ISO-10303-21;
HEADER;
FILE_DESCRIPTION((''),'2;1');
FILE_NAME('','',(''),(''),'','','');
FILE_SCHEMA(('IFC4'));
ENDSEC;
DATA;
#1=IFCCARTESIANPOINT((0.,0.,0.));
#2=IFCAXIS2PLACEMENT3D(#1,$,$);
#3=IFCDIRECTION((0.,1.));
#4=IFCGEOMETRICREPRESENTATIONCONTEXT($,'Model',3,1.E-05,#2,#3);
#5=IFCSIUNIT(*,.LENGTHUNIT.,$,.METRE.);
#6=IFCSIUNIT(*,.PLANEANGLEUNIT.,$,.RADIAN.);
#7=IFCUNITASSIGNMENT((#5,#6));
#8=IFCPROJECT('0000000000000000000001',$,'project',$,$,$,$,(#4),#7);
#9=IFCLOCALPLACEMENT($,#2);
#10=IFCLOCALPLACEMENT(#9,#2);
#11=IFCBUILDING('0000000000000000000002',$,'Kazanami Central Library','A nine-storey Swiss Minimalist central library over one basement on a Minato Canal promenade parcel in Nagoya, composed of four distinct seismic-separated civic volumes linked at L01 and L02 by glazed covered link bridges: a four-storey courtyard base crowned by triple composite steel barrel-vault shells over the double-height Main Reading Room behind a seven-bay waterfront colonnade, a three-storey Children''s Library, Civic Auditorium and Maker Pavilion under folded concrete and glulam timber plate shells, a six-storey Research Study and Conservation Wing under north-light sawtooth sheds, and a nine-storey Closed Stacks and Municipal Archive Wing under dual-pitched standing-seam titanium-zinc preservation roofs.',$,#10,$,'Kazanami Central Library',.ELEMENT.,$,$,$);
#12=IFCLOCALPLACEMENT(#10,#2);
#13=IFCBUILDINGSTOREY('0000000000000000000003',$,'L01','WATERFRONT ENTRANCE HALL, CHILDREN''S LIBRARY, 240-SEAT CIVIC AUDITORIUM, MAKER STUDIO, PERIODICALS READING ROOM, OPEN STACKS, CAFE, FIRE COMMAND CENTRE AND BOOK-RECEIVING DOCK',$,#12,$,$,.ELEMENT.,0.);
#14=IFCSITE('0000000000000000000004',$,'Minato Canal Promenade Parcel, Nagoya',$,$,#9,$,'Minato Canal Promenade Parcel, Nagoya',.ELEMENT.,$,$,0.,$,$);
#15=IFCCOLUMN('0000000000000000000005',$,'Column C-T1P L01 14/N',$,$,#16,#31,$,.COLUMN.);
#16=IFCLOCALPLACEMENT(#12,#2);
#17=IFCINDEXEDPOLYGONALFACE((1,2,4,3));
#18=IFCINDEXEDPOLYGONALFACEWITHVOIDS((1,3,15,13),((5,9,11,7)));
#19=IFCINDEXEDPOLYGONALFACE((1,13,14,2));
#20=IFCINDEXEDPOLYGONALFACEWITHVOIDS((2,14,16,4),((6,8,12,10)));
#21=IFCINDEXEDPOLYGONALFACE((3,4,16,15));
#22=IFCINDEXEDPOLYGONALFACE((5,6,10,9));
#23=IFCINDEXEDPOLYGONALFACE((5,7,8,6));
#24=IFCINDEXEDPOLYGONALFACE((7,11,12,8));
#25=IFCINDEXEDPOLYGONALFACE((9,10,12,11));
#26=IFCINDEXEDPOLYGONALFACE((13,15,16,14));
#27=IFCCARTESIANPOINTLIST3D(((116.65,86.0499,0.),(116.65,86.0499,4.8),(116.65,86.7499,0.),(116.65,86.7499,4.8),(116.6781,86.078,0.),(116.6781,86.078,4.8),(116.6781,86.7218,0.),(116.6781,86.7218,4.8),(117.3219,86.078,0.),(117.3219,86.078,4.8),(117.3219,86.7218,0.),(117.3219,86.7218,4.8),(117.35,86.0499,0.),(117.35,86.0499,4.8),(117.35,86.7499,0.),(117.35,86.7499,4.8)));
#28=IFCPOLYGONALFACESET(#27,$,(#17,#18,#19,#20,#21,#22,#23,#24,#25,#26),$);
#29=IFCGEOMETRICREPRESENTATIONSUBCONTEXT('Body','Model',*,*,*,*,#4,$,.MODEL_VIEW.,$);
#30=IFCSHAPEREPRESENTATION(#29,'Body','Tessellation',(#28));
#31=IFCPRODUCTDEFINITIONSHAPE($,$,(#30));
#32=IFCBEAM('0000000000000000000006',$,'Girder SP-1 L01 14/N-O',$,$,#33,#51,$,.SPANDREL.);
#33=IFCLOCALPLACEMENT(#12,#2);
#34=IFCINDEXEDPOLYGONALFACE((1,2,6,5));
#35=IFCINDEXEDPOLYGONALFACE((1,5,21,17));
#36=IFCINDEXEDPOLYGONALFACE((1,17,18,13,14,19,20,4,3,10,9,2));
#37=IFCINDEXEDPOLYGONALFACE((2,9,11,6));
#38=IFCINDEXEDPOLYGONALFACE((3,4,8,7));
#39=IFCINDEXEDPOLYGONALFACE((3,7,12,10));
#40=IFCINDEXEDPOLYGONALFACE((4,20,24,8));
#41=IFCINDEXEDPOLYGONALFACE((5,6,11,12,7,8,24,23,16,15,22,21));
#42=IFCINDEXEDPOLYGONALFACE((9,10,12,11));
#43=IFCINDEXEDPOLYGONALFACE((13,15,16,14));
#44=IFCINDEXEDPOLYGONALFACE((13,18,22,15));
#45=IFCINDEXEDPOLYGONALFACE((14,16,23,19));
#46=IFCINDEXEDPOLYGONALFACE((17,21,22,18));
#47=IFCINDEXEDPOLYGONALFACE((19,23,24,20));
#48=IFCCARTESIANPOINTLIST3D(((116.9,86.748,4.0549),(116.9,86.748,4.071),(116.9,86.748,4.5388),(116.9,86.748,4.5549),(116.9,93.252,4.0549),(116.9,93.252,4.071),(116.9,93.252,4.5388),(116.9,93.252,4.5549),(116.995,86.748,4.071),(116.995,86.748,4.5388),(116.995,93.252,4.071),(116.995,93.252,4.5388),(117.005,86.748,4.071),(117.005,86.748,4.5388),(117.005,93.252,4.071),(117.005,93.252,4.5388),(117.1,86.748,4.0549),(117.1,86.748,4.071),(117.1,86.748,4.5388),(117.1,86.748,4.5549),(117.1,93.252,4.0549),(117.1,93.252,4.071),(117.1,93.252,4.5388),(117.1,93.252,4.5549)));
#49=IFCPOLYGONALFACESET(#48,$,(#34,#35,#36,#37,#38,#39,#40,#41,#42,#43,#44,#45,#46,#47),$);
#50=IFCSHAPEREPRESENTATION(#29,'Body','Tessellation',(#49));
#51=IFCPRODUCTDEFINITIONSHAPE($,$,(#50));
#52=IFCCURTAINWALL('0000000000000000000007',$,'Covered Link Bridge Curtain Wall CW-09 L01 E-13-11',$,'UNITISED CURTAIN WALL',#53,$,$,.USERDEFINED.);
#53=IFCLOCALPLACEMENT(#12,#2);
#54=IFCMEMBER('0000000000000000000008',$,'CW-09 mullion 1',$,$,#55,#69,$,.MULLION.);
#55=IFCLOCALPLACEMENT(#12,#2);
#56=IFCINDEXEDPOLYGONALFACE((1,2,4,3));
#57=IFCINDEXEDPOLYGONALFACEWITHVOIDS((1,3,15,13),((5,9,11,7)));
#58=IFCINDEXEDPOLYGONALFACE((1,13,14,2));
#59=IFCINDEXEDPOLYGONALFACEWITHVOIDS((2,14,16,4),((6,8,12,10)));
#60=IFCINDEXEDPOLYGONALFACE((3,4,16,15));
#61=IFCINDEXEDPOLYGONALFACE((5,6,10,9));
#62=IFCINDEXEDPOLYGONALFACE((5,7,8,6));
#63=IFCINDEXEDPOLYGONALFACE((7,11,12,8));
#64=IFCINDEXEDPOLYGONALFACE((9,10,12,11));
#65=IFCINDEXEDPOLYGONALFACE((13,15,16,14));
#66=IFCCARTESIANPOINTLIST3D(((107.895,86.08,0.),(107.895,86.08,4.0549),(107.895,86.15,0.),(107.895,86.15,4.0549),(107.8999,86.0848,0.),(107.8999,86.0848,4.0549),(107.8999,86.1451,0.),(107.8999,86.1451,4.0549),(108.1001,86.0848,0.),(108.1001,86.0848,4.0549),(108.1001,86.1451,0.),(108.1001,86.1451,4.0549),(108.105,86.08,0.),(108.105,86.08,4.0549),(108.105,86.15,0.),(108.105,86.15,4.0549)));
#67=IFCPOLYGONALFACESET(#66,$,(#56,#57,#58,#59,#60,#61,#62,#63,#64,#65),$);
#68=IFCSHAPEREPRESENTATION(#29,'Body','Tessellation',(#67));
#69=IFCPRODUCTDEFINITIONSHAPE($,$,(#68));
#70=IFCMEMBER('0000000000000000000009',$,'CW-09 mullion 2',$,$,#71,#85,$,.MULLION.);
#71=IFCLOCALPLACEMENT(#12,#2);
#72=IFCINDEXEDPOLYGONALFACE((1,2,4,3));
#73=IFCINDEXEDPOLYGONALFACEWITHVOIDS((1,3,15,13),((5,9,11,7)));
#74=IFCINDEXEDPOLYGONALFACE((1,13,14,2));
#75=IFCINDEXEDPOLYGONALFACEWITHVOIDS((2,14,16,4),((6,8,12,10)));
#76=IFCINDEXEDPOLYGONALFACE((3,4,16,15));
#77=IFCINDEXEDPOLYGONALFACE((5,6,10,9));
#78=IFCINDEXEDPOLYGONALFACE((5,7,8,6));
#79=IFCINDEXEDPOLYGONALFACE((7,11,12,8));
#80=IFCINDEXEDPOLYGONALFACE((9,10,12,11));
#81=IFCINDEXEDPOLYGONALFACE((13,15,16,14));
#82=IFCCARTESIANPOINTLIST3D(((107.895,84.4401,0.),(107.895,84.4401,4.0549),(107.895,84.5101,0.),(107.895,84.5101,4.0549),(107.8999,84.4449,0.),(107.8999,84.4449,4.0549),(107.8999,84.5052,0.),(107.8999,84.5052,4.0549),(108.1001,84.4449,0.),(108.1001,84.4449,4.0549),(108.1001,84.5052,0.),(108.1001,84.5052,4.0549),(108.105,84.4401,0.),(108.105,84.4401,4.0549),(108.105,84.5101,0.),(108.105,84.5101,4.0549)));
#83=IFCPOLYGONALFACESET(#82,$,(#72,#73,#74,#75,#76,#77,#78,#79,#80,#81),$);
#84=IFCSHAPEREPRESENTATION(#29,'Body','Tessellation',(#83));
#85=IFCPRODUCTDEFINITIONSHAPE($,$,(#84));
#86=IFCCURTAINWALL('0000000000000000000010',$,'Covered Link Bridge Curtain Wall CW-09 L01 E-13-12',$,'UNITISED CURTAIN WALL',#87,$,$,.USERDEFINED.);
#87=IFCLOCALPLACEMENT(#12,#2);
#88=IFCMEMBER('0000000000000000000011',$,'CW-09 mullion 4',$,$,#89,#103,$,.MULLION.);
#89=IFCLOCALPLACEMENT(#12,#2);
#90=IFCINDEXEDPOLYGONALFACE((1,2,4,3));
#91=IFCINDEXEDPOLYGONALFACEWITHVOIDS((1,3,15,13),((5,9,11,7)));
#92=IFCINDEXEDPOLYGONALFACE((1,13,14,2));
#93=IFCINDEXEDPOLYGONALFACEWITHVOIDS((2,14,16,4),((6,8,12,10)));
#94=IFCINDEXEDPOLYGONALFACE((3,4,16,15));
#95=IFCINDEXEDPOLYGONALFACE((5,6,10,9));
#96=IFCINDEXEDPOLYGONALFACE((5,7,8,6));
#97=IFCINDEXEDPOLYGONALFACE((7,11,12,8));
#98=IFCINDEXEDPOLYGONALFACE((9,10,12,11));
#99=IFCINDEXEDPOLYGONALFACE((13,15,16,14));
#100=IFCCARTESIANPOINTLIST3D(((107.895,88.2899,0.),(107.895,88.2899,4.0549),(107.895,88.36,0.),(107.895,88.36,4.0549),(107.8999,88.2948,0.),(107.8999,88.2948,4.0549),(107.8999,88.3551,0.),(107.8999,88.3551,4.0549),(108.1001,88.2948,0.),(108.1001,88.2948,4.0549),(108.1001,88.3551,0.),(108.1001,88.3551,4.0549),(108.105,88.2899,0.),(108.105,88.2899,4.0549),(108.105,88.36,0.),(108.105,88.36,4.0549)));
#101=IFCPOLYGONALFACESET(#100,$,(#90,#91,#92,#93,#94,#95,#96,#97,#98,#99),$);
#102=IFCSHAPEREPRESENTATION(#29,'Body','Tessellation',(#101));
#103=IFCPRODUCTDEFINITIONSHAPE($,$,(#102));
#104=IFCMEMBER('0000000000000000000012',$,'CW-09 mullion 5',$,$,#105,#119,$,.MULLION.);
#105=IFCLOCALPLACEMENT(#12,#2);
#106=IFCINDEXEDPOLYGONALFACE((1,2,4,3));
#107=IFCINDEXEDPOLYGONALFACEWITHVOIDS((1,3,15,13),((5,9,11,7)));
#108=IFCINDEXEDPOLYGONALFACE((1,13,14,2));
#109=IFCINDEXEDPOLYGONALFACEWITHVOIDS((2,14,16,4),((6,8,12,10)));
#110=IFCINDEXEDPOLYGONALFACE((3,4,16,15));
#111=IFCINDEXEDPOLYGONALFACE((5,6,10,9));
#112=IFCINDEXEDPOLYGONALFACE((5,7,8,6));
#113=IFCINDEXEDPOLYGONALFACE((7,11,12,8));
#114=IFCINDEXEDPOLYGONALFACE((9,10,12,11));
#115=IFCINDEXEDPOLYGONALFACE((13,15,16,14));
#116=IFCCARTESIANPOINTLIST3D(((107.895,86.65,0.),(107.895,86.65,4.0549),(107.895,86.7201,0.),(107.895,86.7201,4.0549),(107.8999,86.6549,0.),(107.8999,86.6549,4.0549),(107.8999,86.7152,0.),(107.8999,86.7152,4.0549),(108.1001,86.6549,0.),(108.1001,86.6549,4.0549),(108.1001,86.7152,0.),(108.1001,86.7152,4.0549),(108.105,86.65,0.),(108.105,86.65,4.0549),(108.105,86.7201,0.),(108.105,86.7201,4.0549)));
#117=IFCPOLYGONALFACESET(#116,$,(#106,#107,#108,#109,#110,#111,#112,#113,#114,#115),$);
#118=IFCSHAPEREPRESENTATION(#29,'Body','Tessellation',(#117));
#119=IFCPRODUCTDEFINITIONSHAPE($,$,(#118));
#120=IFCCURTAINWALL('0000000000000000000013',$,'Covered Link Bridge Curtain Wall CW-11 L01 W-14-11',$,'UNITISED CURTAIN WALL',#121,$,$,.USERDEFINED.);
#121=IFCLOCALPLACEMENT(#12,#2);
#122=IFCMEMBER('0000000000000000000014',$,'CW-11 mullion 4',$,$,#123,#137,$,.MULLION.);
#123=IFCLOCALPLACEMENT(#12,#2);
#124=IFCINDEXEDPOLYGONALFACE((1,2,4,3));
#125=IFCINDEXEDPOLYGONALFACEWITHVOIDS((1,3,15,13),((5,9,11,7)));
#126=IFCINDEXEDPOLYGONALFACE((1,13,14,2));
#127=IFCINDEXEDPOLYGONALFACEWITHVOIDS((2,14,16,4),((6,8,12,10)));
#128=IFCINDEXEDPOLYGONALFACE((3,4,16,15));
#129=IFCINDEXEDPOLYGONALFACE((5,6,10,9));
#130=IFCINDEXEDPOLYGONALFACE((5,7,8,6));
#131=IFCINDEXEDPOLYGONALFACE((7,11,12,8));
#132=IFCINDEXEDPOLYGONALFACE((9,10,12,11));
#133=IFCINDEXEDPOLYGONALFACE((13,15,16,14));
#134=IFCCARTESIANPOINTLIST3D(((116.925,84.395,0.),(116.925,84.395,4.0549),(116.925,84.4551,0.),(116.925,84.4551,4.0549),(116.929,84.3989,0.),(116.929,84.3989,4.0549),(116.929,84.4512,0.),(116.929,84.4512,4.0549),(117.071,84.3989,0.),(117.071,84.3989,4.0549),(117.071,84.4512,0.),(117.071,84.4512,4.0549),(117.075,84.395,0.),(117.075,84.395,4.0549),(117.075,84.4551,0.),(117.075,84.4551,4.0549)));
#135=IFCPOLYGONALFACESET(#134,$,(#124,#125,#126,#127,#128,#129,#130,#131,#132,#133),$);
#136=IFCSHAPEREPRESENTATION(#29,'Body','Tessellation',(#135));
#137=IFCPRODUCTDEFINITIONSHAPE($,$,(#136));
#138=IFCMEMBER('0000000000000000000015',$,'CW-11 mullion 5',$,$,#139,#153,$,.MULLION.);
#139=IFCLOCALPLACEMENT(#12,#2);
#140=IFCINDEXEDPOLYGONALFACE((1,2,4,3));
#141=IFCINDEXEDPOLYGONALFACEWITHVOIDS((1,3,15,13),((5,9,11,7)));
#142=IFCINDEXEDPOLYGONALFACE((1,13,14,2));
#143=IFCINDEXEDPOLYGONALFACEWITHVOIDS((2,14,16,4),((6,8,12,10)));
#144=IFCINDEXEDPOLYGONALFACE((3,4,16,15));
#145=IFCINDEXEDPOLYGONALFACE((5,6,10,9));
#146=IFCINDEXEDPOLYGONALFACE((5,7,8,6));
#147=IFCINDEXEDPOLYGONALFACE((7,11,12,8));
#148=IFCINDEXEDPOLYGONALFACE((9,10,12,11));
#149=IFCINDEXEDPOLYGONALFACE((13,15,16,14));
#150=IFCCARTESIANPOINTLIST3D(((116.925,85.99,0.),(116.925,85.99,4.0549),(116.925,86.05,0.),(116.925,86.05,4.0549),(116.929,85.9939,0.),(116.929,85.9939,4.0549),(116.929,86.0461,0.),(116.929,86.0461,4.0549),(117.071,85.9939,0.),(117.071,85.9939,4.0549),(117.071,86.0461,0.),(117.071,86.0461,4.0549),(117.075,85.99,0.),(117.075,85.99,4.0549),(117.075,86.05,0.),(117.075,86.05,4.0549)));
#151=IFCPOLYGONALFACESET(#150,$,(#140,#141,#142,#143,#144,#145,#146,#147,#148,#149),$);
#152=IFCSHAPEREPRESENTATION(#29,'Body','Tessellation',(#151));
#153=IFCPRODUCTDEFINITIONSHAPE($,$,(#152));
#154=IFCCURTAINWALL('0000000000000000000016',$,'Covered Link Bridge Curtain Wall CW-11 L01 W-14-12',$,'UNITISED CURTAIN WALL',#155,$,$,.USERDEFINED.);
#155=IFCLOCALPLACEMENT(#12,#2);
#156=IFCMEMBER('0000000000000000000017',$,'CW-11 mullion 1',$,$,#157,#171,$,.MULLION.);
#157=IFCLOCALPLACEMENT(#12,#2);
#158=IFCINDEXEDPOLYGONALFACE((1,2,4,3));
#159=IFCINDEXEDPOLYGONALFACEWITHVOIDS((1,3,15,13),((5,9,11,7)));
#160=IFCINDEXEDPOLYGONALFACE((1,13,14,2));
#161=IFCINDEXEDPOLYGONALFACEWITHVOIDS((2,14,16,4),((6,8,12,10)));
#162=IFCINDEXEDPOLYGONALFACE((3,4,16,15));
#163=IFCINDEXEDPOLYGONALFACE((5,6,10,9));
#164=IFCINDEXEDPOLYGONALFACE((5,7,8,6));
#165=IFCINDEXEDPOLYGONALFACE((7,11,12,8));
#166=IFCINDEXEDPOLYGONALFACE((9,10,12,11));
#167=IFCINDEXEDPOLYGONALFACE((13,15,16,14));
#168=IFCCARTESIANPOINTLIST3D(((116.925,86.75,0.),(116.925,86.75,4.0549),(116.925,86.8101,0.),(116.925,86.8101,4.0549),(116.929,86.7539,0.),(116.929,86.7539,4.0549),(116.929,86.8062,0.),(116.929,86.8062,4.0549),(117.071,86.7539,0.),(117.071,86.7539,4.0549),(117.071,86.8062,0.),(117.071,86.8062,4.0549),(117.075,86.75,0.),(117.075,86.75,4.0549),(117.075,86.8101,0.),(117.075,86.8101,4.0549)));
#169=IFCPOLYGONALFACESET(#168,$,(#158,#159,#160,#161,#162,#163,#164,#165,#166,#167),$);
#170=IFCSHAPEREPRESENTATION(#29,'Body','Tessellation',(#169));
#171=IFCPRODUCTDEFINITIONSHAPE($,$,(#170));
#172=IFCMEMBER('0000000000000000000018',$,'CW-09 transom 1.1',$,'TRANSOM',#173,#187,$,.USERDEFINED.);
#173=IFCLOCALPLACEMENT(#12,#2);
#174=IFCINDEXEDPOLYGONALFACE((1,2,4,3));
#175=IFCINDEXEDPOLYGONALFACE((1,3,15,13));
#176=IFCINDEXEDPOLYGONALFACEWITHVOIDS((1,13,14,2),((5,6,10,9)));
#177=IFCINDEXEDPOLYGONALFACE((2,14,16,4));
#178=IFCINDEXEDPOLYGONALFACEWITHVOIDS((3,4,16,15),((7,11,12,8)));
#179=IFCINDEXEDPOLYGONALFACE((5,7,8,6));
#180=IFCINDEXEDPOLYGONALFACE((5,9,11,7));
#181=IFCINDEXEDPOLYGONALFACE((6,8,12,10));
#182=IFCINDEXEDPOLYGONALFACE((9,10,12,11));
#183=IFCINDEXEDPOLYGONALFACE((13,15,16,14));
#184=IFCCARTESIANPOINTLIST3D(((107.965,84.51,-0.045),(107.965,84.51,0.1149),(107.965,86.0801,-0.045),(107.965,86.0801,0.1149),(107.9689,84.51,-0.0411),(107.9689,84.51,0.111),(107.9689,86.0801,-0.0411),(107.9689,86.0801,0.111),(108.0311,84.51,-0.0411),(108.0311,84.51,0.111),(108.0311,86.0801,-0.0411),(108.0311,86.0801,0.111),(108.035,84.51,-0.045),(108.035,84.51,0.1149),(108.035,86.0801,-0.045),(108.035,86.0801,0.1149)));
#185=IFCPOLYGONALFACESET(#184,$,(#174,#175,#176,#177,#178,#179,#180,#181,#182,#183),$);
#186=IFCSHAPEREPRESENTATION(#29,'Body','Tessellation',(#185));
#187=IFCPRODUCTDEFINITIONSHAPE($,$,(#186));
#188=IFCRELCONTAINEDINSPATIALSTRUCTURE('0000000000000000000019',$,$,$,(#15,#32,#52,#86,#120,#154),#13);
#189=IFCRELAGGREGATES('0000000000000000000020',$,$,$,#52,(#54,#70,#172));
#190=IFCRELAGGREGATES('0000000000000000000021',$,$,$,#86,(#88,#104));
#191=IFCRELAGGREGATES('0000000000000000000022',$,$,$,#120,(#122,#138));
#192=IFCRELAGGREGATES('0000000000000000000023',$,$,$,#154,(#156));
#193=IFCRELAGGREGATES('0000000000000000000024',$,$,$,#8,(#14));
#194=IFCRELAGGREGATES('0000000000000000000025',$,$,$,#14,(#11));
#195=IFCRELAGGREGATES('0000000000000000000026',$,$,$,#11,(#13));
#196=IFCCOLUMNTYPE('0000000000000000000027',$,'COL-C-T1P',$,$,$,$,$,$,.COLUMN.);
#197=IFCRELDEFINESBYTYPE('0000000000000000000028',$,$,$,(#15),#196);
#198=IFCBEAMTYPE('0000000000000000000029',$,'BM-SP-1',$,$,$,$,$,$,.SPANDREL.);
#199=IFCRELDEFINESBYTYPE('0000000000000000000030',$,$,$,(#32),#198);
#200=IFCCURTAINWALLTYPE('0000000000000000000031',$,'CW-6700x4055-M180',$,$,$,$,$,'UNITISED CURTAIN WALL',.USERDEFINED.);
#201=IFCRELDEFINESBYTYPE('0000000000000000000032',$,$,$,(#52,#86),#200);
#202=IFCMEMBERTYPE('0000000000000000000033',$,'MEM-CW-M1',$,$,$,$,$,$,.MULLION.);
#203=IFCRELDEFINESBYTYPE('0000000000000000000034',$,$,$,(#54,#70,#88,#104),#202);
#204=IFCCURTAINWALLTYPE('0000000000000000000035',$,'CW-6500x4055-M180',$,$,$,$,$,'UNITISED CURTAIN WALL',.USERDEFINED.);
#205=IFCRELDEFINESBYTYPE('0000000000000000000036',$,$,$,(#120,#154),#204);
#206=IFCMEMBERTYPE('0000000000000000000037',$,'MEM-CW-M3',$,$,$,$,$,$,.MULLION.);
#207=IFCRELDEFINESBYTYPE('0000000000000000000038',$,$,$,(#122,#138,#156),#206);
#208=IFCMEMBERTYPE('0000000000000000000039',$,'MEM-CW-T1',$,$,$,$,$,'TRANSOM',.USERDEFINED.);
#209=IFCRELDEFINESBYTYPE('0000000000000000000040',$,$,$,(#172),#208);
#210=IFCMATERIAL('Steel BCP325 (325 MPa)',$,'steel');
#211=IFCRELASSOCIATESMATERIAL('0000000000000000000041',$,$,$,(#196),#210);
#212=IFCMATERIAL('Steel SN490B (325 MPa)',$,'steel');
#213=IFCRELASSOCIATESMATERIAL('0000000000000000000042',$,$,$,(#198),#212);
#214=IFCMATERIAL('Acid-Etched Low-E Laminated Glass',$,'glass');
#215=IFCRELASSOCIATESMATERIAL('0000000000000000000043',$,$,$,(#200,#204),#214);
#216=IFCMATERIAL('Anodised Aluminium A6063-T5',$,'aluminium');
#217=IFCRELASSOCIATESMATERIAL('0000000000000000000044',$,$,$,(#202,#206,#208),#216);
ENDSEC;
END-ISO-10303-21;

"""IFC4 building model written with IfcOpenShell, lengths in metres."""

from ifc_helpers import new_model, si_unit, direction, frame, origin, origin_2d, place, context, subcontext, project, spatial, hollow_rectangle, i_section, extrude, material, material_profile, profile_set, type_object, element, aggregate, save


model = new_model("IFC4")

# Units and contexts
model_context = context("Model", 3, precision=1e-05, world=origin(), true_north=direction((0.0, 1.0)))
body_context = subcontext(model_context, "Body", "Model", "MODEL_VIEW")
ifc_project = project(units=[si_unit("LENGTHUNIT", "METRE"), si_unit("PLANEANGLEUNIT", "RADIAN")], contexts=[model_context])

# Site, building, storey
site_placement = place(None, origin())
site = spatial("IfcSite", under=ifc_project, at=site_placement, Name="Minato Canal Promenade Parcel, Nagoya", LongName="Minato Canal Promenade Parcel, Nagoya", CompositionType="ELEMENT", RefElevation=0.0)
building_placement = place(site_placement, origin())
building = spatial("IfcBuilding", under=site, at=building_placement, Name="Kazanami Central Library", Description="A nine-storey Swiss Minimalist central library over one basement on a Minato Canal promenade parcel in Nagoya, composed of four distinct seismic-separated civic volumes linked at L01 and L02 by glazed covered link bridges: a four-storey courtyard base crowned by triple composite steel barrel-vault shells over the double-height Main Reading Room behind a seven-bay waterfront colonnade, a three-storey Children's Library, Civic Auditorium and Maker Pavilion under folded concrete and glulam timber plate shells, a six-storey Research Study and Conservation Wing under north-light sawtooth sheds, and a nine-storey Closed Stacks and Municipal Archive Wing under dual-pitched standing-seam titanium-zinc preservation roofs.", LongName="Kazanami Central Library", CompositionType="ELEMENT")
storey_placement = place(building_placement, origin())
storey = spatial("IfcBuildingStorey", under=building, at=storey_placement, Name="L01", Description="WATERFRONT ENTRANCE HALL, CHILDREN'S LIBRARY, 240-SEAT CIVIC AUDITORIUM, MAKER STUDIO, PERIODICALS READING ROOM, OPEN STACKS, CAFE, FIRE COMMAND CENTRE AND BOOK-RECEIVING DOCK", CompositionType="ELEMENT", Elevation=0.0)

# Column
ifc_material_1 = material(Name="Steel BCP325 (325 MPa)", Category="steel")
ifc_material_profile_1 = material_profile(ifc_material_1, hollow_rectangle(XDim=0.7, YDim=0.7, WallThickness=0.0281, at=origin_2d()), Name="BCP-700x700x28")
ifc_profile_set_1 = profile_set([ifc_material_profile_1], Name="Steel BCP325 (325 MPa)")
column_type = type_object("IfcColumnType", Name="COL-C-T1P", PredefinedType="COLUMN", material=ifc_profile_set_1)
column_placement = place(storey_placement, frame((117.0, 86.3999, 0.0), z_axis=(0.0, 0.0, 1.0), x_axis=(1.0, 0.0, 0.0)))
element("IfcColumn", 1, at=column_placement, inside=storey, type_object=column_type, Name="Column C-T1P L01 14/N", PredefinedType="COLUMN", context=body_context, shape_type="SweptSolid", body=[
    extrude(hollow_rectangle(XDim=0.7, YDim=0.7, WallThickness=0.0281, at=origin_2d()), origin(), (0.0, 0.0, 1.0), 4.8),
])

# Beam
ifc_material_2 = material(Name="Steel SN490B (325 MPa)", Category="steel")
ifc_material_profile_2 = material_profile(ifc_material_2, i_section(OverallWidth=0.2, OverallDepth=0.5, WebThickness=0.01, FlangeThickness=0.0161, at=origin_2d()), Name="H-500x200x10x16")
ifc_profile_set_2 = profile_set([ifc_material_profile_2], Name="Steel SN490B (325 MPa)")
beam_type = type_object("IfcBeamType", Name="BM-SP-1", PredefinedType="SPANDREL", material=ifc_profile_set_2)
beam_placement = place(storey_placement, frame((117.0, 86.748, 4.3049), z_axis=(0.0, 1.0, 0.0), x_axis=(-1.0, 0.0, 0.0)))
element("IfcBeam", 2, at=beam_placement, inside=storey, type_object=beam_type, Name="Girder SP-1 L01 14/N-O", PredefinedType="SPANDREL", context=body_context, shape_type="SweptSolid", body=[
    extrude(i_section(OverallWidth=0.2, OverallDepth=0.5, WebThickness=0.01, FlangeThickness=0.0161, at=origin_2d()), origin(), (0.0, 0.0, 1.0), 6.5039),
])

# Curtain walls, members
ifc_material_3 = material(Name="Acid-Etched Low-E Laminated Glass", Category="glass")
curtain_wall_type_1 = type_object("IfcCurtainWallType", Name="CW-6700x4055-M180", ElementType="UNITISED CURTAIN WALL", PredefinedType="USERDEFINED", material=ifc_material_3)
curtain_wall_1_placement = place(storey_placement, origin())
curtain_wall_1 = element("IfcCurtainWall", 3, at=curtain_wall_1_placement, inside=storey, type_object=curtain_wall_type_1, Name="Covered Link Bridge Curtain Wall CW-09 L01 E-13-11", ObjectType="UNITISED CURTAIN WALL", PredefinedType="USERDEFINED")
ifc_material_4 = material(Name="Anodised Aluminium A6063-T5", Category="aluminium")
ifc_material_profile_3 = material_profile(ifc_material_4, hollow_rectangle(XDim=0.0701, YDim=0.21, WallThickness=0.0049, at=origin_2d()), Name="ALU-MULL-70x210x5")
ifc_profile_set_3 = profile_set([ifc_material_profile_3], Name="Anodised Aluminium A6063-T5")
member_type_1 = type_object("IfcMemberType", Name="MEM-CW-M1", PredefinedType="MULLION", material=ifc_profile_set_3)
member_1_placement = place(storey_placement, frame((108.0, 86.115, 0.0), z_axis=(0.0, 0.0, 1.0), x_axis=(0.0, -1.0, 0.0)))
member_1 = element("IfcMember", 4, at=member_1_placement, type_object=member_type_1, Name="CW-09 mullion 1", PredefinedType="MULLION", context=body_context, shape_type="SweptSolid", body=[
    extrude(hollow_rectangle(XDim=0.0701, YDim=0.21, WallThickness=0.0049, at=origin_2d()), origin(), (0.0, 0.0, 1.0), 4.0549),
])
member_2_placement = place(storey_placement, frame((108.0, 84.4751, 0.0), z_axis=(0.0, 0.0, 1.0), x_axis=(0.0, -1.0, 0.0)))
member_2 = element("IfcMember", 5, at=member_2_placement, type_object=member_type_1, Name="CW-09 mullion 2", PredefinedType="MULLION", context=body_context, shape_type="SweptSolid", body=[
    extrude(hollow_rectangle(XDim=0.0701, YDim=0.21, WallThickness=0.0049, at=origin_2d()), origin(), (0.0, 0.0, 1.0), 4.0549),
])
curtain_wall_2_placement = place(storey_placement, origin())
curtain_wall_2 = element("IfcCurtainWall", 6, at=curtain_wall_2_placement, inside=storey, type_object=curtain_wall_type_1, Name="Covered Link Bridge Curtain Wall CW-09 L01 E-13-12", ObjectType="UNITISED CURTAIN WALL", PredefinedType="USERDEFINED")
member_3_placement = place(storey_placement, frame((108.0, 88.325, 0.0), z_axis=(0.0, 0.0, 1.0), x_axis=(0.0, -1.0, 0.0)))
member_3 = element("IfcMember", 7, at=member_3_placement, type_object=member_type_1, Name="CW-09 mullion 4", PredefinedType="MULLION", context=body_context, shape_type="SweptSolid", body=[
    extrude(hollow_rectangle(XDim=0.0701, YDim=0.21, WallThickness=0.0049, at=origin_2d()), origin(), (0.0, 0.0, 1.0), 4.0549),
])
member_4_placement = place(storey_placement, frame((108.0, 86.6851, 0.0), z_axis=(0.0, 0.0, 1.0), x_axis=(0.0, -1.0, 0.0)))
member_4 = element("IfcMember", 8, at=member_4_placement, type_object=member_type_1, Name="CW-09 mullion 5", PredefinedType="MULLION", context=body_context, shape_type="SweptSolid", body=[
    extrude(hollow_rectangle(XDim=0.0701, YDim=0.21, WallThickness=0.0049, at=origin_2d()), origin(), (0.0, 0.0, 1.0), 4.0549),
])
curtain_wall_type_2 = type_object("IfcCurtainWallType", Name="CW-6500x4055-M180", ElementType="UNITISED CURTAIN WALL", PredefinedType="USERDEFINED", material=ifc_material_3)
curtain_wall_3_placement = place(storey_placement, origin())
curtain_wall_3 = element("IfcCurtainWall", 9, at=curtain_wall_3_placement, inside=storey, type_object=curtain_wall_type_2, Name="Covered Link Bridge Curtain Wall CW-11 L01 W-14-11", ObjectType="UNITISED CURTAIN WALL", PredefinedType="USERDEFINED")
ifc_material_profile_4 = material_profile(ifc_material_4, hollow_rectangle(XDim=0.0601, YDim=0.1499, WallThickness=0.0039, at=origin_2d()), Name="ALU-MULL-60x150x4")
ifc_profile_set_4 = profile_set([ifc_material_profile_4], Name="Anodised Aluminium A6063-T5")
member_type_2 = type_object("IfcMemberType", Name="MEM-CW-M3", PredefinedType="MULLION", material=ifc_profile_set_4)
member_5_placement = place(storey_placement, frame((117.0, 84.425, 0.0), z_axis=(0.0, 0.0, 1.0), x_axis=(0.0, 1.0, 0.0)))
member_5 = element("IfcMember", 10, at=member_5_placement, type_object=member_type_2, Name="CW-11 mullion 4", PredefinedType="MULLION", context=body_context, shape_type="SweptSolid", body=[
    extrude(hollow_rectangle(XDim=0.0601, YDim=0.1499, WallThickness=0.0039, at=origin_2d()), origin(), (0.0, 0.0, 1.0), 4.0549),
])
member_6_placement = place(storey_placement, frame((117.0, 86.02, 0.0), z_axis=(0.0, 0.0, 1.0), x_axis=(0.0, 1.0, 0.0)))
member_6 = element("IfcMember", 11, at=member_6_placement, type_object=member_type_2, Name="CW-11 mullion 5", PredefinedType="MULLION", context=body_context, shape_type="SweptSolid", body=[
    extrude(hollow_rectangle(XDim=0.0601, YDim=0.1499, WallThickness=0.0039, at=origin_2d()), origin(), (0.0, 0.0, 1.0), 4.0549),
])

# Curtain wall, member
curtain_wall_4_placement = place(storey_placement, origin())
curtain_wall_4 = element("IfcCurtainWall", 12, at=curtain_wall_4_placement, inside=storey, type_object=curtain_wall_type_2, Name="Covered Link Bridge Curtain Wall CW-11 L01 W-14-12", ObjectType="UNITISED CURTAIN WALL", PredefinedType="USERDEFINED")
member_7_placement = place(storey_placement, frame((117.0, 86.78, 0.0), z_axis=(0.0, 0.0, 1.0), x_axis=(0.0, 1.0, 0.0)))
member_7 = element("IfcMember", 13, at=member_7_placement, type_object=member_type_2, Name="CW-11 mullion 1", PredefinedType="MULLION", context=body_context, shape_type="SweptSolid", body=[
    extrude(hollow_rectangle(XDim=0.0601, YDim=0.1499, WallThickness=0.0039, at=origin_2d()), origin(), (0.0, 0.0, 1.0), 4.0549),
])

# Member
ifc_material_profile_5 = material_profile(ifc_material_4, hollow_rectangle(XDim=0.0701, YDim=0.1599, WallThickness=0.0039, at=origin_2d()), Name="ALU-TRAN-70x160x4")
ifc_profile_set_5 = profile_set([ifc_material_profile_5], Name="Anodised Aluminium A6063-T5")
member_type_3 = type_object("IfcMemberType", Name="MEM-CW-T1", ElementType="TRANSOM", PredefinedType="USERDEFINED", material=ifc_profile_set_5)
member_8_placement = place(storey_placement, frame((108.0, 86.0801, 0.0349), z_axis=(0.0, -1.0, 0.0), x_axis=(1.0, 0.0, 0.0)))
member_8 = element("IfcMember", 14, at=member_8_placement, type_object=member_type_3, Name="CW-09 transom 1.1", ObjectType="TRANSOM", PredefinedType="USERDEFINED", context=body_context, shape_type="SweptSolid", body=[
    extrude(hollow_rectangle(XDim=0.0701, YDim=0.1599, WallThickness=0.0039, at=origin_2d()), origin(), (0.0, 0.0, 1.0), 1.5701),
])

aggregate(curtain_wall_1, [member_1, member_2, member_8])
aggregate(curtain_wall_2, [member_3, member_4])
aggregate(curtain_wall_3, [member_5, member_6])
aggregate(curtain_wall_4, [member_7])

save(model, "model.ifc")
